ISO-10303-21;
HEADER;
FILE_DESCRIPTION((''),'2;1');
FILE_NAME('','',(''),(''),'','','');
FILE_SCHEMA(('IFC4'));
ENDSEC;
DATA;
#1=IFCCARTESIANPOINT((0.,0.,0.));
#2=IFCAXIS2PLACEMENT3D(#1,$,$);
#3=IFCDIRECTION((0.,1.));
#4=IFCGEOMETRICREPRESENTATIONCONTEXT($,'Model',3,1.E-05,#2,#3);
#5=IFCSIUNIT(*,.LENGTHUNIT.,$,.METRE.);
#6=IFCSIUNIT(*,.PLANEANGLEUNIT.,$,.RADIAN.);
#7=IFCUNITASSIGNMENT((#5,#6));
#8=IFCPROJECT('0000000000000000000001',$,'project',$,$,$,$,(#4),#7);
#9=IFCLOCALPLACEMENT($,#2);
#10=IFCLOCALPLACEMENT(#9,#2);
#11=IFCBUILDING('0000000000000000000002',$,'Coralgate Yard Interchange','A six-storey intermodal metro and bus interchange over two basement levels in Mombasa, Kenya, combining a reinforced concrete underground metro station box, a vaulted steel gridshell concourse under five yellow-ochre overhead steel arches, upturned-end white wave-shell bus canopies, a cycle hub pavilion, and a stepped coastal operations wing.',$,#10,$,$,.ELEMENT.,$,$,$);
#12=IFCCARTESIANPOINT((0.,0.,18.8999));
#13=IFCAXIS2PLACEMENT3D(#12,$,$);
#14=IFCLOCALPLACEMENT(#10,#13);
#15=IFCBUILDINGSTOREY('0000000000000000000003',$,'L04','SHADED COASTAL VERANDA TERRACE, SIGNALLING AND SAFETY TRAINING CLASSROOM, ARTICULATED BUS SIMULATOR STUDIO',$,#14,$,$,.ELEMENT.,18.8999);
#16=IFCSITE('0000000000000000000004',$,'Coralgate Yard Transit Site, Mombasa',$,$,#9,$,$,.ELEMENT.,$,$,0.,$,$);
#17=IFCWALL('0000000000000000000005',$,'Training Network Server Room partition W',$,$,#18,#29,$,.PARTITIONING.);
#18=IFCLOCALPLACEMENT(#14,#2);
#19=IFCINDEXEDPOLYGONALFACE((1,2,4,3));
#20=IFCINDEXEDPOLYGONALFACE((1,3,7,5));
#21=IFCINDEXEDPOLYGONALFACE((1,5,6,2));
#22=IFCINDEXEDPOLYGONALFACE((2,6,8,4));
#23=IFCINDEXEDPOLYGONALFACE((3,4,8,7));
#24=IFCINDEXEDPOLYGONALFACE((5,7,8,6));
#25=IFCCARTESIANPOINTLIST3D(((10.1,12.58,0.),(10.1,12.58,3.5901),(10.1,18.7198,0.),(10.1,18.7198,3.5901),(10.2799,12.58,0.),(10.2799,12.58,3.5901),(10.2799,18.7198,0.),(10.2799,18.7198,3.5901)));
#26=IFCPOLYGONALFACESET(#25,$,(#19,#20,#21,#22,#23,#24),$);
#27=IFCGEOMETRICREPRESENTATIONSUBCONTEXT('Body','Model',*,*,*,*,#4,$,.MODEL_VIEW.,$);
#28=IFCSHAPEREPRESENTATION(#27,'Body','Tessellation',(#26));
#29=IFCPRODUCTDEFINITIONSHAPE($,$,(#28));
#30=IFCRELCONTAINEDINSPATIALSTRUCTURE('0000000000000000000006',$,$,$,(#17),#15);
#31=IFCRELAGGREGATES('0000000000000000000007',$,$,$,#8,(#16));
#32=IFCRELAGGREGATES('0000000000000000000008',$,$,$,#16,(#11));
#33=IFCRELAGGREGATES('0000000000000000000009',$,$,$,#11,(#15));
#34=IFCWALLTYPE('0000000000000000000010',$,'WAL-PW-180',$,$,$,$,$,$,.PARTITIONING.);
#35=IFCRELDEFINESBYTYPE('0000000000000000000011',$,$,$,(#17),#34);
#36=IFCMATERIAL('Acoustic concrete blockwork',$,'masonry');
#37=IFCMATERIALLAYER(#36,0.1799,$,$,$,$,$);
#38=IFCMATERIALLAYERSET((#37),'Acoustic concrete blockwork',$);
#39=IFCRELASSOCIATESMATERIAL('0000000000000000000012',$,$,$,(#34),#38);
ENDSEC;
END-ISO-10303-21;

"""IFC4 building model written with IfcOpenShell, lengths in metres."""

from ifc_helpers import new_model, si_unit, direction, frame, frame_2d, origin, place, context, subcontext, project, spatial, rectangle, extrude, material, layer, layer_set, type_object, element, save


model = new_model("IFC4")

# Units and contexts
model_context = context("Model", 3, precision=1e-05, world=origin(), true_north=direction((0.0, 1.0)))
body_context = subcontext(model_context, "Body", "Model", "MODEL_VIEW")
ifc_project = project(units=[si_unit("LENGTHUNIT", "METRE"), si_unit("PLANEANGLEUNIT", "RADIAN")], contexts=[model_context])

# Site, building, storey
site_placement = place(None, origin())
site = spatial("IfcSite", under=ifc_project, at=site_placement, Name="Coralgate Yard Transit Site, Mombasa", CompositionType="ELEMENT", RefElevation=0.0)
building_placement = place(site_placement, origin())
building = spatial("IfcBuilding", under=site, at=building_placement, Name="Coralgate Yard Interchange", Description="A six-storey intermodal metro and bus interchange over two basement levels in Mombasa, Kenya, combining a reinforced concrete underground metro station box, a vaulted steel gridshell concourse under five yellow-ochre overhead steel arches, upturned-end white wave-shell bus canopies, a cycle hub pavilion, and a stepped coastal operations wing.", CompositionType="ELEMENT")
storey_placement = place(building_placement, frame((0.0, 0.0, 18.8999)))
storey = spatial("IfcBuildingStorey", under=building, at=storey_placement, Name="L04", Description="SHADED COASTAL VERANDA TERRACE, SIGNALLING AND SAFETY TRAINING CLASSROOM, ARTICULATED BUS SIMULATOR STUDIO", CompositionType="ELEMENT", Elevation=18.8999)

# Wall
ifc_material_1 = material(Name="Acoustic concrete blockwork", Category="masonry")
ifc_layer_1 = layer(ifc_material_1, 0.1799)
ifc_layer_set_1 = layer_set([ifc_layer_1], Name="Acoustic concrete blockwork")
wall_type_1 = type_object("IfcWallType", Name="WAL-PW-180", PredefinedType="PARTITIONING", material=ifc_layer_set_1)
wall_1_placement = place(storey_placement, frame((10.1899, 12.5801, 0.0), z_axis=(0.0, 0.0, 1.0), x_axis=(0.0, 1.0, 0.0)))
element("IfcWall", 1, at=wall_1_placement, inside=storey, type_object=wall_type_1, Name="Training Network Server Room partition W", PredefinedType="PARTITIONING", context=body_context, shape_type="SweptSolid", body=[
    extrude(rectangle(XDim=6.1399, YDim=0.1799, at=frame_2d((3.0698, 0.0))), origin(), (0.0, 0.0, 1.0), 3.5901),
])

save(model, "model.ifc")
